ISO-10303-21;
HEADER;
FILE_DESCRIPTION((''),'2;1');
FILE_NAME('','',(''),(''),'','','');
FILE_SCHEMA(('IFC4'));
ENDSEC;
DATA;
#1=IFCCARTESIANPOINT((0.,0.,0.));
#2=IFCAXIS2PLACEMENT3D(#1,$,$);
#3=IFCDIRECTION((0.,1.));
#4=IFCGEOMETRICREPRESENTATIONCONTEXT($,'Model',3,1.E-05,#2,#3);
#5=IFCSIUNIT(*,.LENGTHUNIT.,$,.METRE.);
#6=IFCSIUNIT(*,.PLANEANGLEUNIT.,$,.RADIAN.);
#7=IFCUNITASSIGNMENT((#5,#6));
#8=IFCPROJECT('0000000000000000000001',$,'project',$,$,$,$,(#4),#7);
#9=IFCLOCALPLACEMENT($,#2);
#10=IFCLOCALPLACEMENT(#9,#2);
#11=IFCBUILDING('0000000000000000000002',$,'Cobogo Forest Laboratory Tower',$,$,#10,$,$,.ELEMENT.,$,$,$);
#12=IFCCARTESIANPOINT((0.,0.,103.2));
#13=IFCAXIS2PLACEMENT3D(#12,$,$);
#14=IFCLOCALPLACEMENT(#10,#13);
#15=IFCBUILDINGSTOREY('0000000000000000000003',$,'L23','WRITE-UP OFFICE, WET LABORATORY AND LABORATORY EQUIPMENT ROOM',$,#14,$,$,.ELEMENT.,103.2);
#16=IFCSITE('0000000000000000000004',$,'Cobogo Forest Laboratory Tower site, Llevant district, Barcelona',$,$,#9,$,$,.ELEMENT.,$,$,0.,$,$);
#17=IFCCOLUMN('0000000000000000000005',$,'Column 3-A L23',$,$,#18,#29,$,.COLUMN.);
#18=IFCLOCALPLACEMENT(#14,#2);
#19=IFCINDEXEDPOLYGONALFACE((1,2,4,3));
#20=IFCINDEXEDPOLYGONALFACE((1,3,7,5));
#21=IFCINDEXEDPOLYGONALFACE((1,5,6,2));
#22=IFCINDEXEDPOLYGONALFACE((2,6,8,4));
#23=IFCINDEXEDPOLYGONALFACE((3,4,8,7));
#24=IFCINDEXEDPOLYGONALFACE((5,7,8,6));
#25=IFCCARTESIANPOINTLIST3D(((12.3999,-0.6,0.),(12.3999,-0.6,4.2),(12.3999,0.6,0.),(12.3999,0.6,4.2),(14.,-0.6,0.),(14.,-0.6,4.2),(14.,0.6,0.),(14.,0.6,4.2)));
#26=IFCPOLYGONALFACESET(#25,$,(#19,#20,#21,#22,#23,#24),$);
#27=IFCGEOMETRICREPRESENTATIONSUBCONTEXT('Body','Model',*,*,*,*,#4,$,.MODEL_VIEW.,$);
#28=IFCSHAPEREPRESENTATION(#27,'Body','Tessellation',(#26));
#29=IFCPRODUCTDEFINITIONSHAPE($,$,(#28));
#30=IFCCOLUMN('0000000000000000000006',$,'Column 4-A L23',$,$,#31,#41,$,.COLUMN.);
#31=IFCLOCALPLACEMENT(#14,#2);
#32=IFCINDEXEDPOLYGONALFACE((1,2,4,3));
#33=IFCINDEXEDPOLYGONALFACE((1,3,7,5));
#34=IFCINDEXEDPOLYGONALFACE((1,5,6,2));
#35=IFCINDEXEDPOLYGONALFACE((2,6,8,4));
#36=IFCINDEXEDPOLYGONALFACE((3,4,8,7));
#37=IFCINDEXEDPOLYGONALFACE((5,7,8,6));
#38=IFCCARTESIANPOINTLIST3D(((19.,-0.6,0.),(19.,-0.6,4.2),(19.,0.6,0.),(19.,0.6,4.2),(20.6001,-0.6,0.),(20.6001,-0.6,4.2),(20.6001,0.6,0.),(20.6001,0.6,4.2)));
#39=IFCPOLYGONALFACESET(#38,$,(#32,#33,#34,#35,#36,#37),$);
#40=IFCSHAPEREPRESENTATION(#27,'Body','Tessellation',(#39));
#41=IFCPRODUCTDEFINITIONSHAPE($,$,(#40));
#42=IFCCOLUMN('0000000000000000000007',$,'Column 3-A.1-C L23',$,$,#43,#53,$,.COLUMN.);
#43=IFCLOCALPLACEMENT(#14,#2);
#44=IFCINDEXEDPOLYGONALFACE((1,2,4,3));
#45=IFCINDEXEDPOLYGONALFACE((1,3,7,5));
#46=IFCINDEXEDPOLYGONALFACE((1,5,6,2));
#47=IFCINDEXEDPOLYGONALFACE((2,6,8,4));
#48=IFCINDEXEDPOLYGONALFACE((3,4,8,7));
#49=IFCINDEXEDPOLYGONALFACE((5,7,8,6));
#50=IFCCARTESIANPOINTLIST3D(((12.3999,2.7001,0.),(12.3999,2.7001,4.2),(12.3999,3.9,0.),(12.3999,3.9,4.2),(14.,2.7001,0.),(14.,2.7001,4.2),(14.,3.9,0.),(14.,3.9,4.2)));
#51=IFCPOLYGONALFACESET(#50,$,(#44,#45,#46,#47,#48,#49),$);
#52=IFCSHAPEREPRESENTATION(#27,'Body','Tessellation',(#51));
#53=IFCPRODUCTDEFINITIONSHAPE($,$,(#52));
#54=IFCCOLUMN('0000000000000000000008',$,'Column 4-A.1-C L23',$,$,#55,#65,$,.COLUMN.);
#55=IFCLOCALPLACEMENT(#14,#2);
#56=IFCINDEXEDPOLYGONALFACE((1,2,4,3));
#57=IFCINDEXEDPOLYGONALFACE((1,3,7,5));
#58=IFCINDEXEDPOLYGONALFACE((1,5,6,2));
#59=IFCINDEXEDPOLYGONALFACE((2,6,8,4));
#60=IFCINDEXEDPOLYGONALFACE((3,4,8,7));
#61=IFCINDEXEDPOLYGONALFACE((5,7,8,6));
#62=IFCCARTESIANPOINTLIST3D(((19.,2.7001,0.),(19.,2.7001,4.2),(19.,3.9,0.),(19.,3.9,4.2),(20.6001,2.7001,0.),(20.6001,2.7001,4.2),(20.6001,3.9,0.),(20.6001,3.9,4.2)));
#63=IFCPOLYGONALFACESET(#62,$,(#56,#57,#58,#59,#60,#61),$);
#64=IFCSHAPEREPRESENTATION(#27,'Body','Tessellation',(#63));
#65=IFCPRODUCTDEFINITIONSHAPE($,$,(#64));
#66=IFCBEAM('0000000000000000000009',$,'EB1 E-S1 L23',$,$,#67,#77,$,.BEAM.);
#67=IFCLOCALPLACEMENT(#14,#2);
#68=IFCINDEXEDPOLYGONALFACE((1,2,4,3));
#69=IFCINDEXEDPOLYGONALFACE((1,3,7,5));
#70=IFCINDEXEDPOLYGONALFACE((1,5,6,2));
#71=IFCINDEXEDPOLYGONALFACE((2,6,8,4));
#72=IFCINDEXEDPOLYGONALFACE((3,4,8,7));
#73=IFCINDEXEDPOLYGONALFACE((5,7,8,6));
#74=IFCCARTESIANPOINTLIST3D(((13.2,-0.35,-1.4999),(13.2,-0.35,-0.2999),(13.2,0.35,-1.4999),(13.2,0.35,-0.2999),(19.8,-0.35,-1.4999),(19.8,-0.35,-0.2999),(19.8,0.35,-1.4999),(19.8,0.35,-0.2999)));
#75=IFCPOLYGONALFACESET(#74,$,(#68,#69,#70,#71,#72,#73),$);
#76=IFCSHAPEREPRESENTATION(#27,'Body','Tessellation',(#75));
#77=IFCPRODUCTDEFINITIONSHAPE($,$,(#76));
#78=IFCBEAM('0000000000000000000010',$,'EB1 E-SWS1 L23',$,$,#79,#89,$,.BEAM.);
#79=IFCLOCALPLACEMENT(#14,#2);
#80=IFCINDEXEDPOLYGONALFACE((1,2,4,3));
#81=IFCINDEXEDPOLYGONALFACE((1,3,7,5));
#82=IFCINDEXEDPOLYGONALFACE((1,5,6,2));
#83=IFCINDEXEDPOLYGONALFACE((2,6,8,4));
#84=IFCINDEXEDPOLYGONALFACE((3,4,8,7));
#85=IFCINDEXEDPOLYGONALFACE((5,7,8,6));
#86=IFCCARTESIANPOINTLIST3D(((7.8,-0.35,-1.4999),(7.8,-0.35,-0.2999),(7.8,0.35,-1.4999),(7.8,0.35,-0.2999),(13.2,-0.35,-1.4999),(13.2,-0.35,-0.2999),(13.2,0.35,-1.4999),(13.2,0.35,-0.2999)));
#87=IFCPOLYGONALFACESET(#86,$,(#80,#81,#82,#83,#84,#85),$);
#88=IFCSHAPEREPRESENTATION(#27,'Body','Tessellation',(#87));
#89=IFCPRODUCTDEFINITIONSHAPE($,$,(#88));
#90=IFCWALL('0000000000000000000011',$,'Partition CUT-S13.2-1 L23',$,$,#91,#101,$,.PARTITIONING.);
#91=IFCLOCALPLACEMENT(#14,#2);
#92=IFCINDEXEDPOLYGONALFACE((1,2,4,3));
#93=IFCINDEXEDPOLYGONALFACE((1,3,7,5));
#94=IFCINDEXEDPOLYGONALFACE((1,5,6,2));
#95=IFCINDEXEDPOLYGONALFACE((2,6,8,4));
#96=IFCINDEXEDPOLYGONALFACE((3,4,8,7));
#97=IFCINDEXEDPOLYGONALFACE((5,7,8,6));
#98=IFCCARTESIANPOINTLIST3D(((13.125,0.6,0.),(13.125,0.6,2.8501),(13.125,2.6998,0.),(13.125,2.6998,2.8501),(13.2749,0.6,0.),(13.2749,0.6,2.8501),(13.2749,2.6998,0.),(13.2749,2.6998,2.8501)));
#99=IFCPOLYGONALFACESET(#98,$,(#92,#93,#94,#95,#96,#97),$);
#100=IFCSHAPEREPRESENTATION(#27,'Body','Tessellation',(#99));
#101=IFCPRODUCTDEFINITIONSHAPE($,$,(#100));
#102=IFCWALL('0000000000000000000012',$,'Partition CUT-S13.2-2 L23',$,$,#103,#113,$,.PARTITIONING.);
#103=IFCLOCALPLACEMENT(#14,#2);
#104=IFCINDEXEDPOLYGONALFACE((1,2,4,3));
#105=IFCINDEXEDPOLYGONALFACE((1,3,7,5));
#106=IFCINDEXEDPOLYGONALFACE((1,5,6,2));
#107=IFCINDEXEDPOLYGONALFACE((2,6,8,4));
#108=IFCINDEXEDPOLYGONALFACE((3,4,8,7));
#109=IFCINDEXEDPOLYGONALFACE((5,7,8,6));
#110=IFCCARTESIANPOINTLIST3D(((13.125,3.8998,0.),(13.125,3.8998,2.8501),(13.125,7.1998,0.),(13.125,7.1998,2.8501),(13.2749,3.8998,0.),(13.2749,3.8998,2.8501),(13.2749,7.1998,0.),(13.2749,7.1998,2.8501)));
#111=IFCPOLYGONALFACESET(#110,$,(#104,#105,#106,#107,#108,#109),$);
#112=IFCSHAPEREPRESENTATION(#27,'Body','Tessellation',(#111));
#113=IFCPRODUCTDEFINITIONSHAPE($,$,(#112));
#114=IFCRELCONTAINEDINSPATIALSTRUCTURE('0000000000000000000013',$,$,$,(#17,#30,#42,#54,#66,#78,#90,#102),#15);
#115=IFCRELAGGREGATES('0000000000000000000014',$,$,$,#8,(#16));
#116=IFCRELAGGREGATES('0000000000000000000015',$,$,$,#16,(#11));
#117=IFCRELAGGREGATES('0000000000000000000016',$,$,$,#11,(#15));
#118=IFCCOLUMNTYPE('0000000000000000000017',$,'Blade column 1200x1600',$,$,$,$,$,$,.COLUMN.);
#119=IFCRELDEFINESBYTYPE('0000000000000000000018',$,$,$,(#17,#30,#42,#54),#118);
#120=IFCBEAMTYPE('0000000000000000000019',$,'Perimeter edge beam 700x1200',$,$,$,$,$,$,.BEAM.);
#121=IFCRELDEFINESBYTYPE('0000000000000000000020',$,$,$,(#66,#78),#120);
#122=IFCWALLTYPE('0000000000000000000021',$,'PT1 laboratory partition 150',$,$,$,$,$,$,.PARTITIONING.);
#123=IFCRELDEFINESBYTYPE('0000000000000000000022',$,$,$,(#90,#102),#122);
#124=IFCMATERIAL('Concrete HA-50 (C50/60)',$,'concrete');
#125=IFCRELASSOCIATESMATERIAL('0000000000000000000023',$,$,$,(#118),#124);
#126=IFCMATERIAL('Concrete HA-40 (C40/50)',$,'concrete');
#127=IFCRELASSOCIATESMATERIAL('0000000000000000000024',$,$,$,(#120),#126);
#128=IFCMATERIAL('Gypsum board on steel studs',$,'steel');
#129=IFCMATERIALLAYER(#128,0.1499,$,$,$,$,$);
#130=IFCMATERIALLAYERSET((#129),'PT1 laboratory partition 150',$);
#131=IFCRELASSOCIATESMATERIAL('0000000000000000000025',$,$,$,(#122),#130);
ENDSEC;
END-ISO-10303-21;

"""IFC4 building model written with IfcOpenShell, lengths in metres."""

from ifc_helpers import new_model, si_unit, direction, frame, frame_2d, origin, origin_2d, place, context, subcontext, project, spatial, rectangle, extrude, material, layer, layer_set, material_profile, profile_set, type_object, element, save


model = new_model("IFC4")

# Units and contexts
model_context = context("Model", 3, precision=1e-05, world=origin(), true_north=direction((0.0, 1.0)))
body_context = subcontext(model_context, "Body", "Model", "MODEL_VIEW")
ifc_project = project(units=[si_unit("LENGTHUNIT", "METRE"), si_unit("PLANEANGLEUNIT", "RADIAN")], contexts=[model_context])

# Site, building, storey
site_placement = place(None, origin())
site = spatial("IfcSite", under=ifc_project, at=site_placement, Name="Cobogo Forest Laboratory Tower site, Llevant district, Barcelona", CompositionType="ELEMENT", RefElevation=0.0)
building_placement = place(site_placement, origin())
building = spatial("IfcBuilding", under=site, at=building_placement, Name="Cobogo Forest Laboratory Tower", CompositionType="ELEMENT")
storey_placement = place(building_placement, frame((0.0, 0.0, 103.2)))
storey = spatial("IfcBuildingStorey", under=building, at=storey_placement, Name="L23", Description="WRITE-UP OFFICE, WET LABORATORY AND LABORATORY EQUIPMENT ROOM", CompositionType="ELEMENT", Elevation=103.2)

# Columns
ifc_material_1 = material(Name="Concrete HA-50 (C50/60)", Category="concrete")
ifc_material_profile_1 = material_profile(ifc_material_1, rectangle(XDim=1.6001, YDim=1.2, at=origin_2d()), Name="RC 1200x1600")
ifc_profile_set_1 = profile_set([ifc_material_profile_1], Name="Concrete HA-50 (C50/60)")
column_type = type_object("IfcColumnType", Name="Blade column 1200x1600", PredefinedType="COLUMN", material=ifc_profile_set_1)
for number, where, z_axis, x_axis, name in (
    (1, (13.2, 0.0, 0.0), (0.0, 0.0, 1.0), (1.0, 0.0, 0.0), "Column 3-A L23"),
    (2, (19.8, 0.0, 0.0), (0.0, 0.0, 1.0), (1.0, 0.0, 0.0), "Column 4-A L23"),
    (3, (13.2, 3.3, 0.0), (0.0, 0.0, 1.0), (1.0, 0.0, 0.0), "Column 3-A.1-C L23"),
    (4, (19.8, 3.3, 0.0), (0.0, 0.0, 1.0), (1.0, 0.0, 0.0), "Column 4-A.1-C L23"),
):
    element("IfcColumn", number, at=place(storey_placement, frame(where, z_axis=z_axis, x_axis=x_axis)), inside=storey, type_object=column_type, Name=name, PredefinedType="COLUMN", context=body_context, shape_type="SweptSolid", body=[
        extrude(rectangle(XDim=1.6001, YDim=1.2, at=origin_2d()), origin(), (0.0, 0.0, 1.0), 4.2),
    ])

# Beams
ifc_material_2 = material(Name="Concrete HA-40 (C40/50)", Category="concrete")
ifc_material_profile_2 = material_profile(ifc_material_2, rectangle(XDim=0.7, YDim=1.2, at=origin_2d()), Name="RC 700x1200")
ifc_profile_set_2 = profile_set([ifc_material_profile_2], Name="Concrete HA-40 (C40/50)")
beam_type = type_object("IfcBeamType", Name="Perimeter edge beam 700x1200", PredefinedType="BEAM", material=ifc_profile_set_2)
beam_1_placement = place(storey_placement, frame((13.2, 0.0, -0.8999), z_axis=(1.0, 0.0, 0.0), x_axis=(0.0, 1.0, 0.0)))
element("IfcBeam", 5, at=beam_1_placement, inside=storey, type_object=beam_type, Name="EB1 E-S1 L23", PredefinedType="BEAM", context=body_context, shape_type="SweptSolid", body=[
    extrude(rectangle(XDim=0.7, YDim=1.2, at=origin_2d()), origin(), (0.0, 0.0, 1.0), 6.6001),
])
beam_2_placement = place(storey_placement, frame((13.2, 0.0, -0.8999), z_axis=(-1.0, 0.0, 0.0), x_axis=(0.0, -1.0, 0.0)))
element("IfcBeam", 6, at=beam_2_placement, inside=storey, type_object=beam_type, Name="EB1 E-SWS1 L23", PredefinedType="BEAM", context=body_context, shape_type="SweptSolid", body=[
    extrude(rectangle(XDim=0.7, YDim=1.2, at=origin_2d()), origin(), (0.0, 0.0, 1.0), 5.3999),
])

# Walls
ifc_material_3 = material(Name="Gypsum board on steel studs", Category="steel")
ifc_layer = layer(ifc_material_3, 0.1499)
ifc_layer_set = layer_set([ifc_layer], Name="PT1 laboratory partition 150")
wall_type = type_object("IfcWallType", Name="PT1 laboratory partition 150", PredefinedType="PARTITIONING", material=ifc_layer_set)
wall_1_placement = place(storey_placement, frame((13.2, 0.6001, 0.0), z_axis=(0.0, 0.0, 1.0), x_axis=(0.0, 1.0, 0.0)))
element("IfcWall", 7, at=wall_1_placement, inside=storey, type_object=wall_type, Name="Partition CUT-S13.2-1 L23", PredefinedType="PARTITIONING", context=body_context, shape_type="SweptSolid", body=[
    extrude(rectangle(XDim=2.0999, YDim=0.1499, at=frame_2d((1.0498, 0.0))), origin(), (0.0, 0.0, 1.0), 2.8501),
])
wall_2_placement = place(storey_placement, frame((13.2, 3.8999, 0.0), z_axis=(0.0, 0.0, 1.0), x_axis=(0.0, 1.0, 0.0)))
element("IfcWall", 8, at=wall_2_placement, inside=storey, type_object=wall_type, Name="Partition CUT-S13.2-2 L23", PredefinedType="PARTITIONING", context=body_context, shape_type="SweptSolid", body=[
    extrude(rectangle(XDim=3.3, YDim=0.1499, at=frame_2d((1.6499, 0.0))), origin(), (0.0, 0.0, 1.0), 2.8501),
])

save(model, "model.ifc")
